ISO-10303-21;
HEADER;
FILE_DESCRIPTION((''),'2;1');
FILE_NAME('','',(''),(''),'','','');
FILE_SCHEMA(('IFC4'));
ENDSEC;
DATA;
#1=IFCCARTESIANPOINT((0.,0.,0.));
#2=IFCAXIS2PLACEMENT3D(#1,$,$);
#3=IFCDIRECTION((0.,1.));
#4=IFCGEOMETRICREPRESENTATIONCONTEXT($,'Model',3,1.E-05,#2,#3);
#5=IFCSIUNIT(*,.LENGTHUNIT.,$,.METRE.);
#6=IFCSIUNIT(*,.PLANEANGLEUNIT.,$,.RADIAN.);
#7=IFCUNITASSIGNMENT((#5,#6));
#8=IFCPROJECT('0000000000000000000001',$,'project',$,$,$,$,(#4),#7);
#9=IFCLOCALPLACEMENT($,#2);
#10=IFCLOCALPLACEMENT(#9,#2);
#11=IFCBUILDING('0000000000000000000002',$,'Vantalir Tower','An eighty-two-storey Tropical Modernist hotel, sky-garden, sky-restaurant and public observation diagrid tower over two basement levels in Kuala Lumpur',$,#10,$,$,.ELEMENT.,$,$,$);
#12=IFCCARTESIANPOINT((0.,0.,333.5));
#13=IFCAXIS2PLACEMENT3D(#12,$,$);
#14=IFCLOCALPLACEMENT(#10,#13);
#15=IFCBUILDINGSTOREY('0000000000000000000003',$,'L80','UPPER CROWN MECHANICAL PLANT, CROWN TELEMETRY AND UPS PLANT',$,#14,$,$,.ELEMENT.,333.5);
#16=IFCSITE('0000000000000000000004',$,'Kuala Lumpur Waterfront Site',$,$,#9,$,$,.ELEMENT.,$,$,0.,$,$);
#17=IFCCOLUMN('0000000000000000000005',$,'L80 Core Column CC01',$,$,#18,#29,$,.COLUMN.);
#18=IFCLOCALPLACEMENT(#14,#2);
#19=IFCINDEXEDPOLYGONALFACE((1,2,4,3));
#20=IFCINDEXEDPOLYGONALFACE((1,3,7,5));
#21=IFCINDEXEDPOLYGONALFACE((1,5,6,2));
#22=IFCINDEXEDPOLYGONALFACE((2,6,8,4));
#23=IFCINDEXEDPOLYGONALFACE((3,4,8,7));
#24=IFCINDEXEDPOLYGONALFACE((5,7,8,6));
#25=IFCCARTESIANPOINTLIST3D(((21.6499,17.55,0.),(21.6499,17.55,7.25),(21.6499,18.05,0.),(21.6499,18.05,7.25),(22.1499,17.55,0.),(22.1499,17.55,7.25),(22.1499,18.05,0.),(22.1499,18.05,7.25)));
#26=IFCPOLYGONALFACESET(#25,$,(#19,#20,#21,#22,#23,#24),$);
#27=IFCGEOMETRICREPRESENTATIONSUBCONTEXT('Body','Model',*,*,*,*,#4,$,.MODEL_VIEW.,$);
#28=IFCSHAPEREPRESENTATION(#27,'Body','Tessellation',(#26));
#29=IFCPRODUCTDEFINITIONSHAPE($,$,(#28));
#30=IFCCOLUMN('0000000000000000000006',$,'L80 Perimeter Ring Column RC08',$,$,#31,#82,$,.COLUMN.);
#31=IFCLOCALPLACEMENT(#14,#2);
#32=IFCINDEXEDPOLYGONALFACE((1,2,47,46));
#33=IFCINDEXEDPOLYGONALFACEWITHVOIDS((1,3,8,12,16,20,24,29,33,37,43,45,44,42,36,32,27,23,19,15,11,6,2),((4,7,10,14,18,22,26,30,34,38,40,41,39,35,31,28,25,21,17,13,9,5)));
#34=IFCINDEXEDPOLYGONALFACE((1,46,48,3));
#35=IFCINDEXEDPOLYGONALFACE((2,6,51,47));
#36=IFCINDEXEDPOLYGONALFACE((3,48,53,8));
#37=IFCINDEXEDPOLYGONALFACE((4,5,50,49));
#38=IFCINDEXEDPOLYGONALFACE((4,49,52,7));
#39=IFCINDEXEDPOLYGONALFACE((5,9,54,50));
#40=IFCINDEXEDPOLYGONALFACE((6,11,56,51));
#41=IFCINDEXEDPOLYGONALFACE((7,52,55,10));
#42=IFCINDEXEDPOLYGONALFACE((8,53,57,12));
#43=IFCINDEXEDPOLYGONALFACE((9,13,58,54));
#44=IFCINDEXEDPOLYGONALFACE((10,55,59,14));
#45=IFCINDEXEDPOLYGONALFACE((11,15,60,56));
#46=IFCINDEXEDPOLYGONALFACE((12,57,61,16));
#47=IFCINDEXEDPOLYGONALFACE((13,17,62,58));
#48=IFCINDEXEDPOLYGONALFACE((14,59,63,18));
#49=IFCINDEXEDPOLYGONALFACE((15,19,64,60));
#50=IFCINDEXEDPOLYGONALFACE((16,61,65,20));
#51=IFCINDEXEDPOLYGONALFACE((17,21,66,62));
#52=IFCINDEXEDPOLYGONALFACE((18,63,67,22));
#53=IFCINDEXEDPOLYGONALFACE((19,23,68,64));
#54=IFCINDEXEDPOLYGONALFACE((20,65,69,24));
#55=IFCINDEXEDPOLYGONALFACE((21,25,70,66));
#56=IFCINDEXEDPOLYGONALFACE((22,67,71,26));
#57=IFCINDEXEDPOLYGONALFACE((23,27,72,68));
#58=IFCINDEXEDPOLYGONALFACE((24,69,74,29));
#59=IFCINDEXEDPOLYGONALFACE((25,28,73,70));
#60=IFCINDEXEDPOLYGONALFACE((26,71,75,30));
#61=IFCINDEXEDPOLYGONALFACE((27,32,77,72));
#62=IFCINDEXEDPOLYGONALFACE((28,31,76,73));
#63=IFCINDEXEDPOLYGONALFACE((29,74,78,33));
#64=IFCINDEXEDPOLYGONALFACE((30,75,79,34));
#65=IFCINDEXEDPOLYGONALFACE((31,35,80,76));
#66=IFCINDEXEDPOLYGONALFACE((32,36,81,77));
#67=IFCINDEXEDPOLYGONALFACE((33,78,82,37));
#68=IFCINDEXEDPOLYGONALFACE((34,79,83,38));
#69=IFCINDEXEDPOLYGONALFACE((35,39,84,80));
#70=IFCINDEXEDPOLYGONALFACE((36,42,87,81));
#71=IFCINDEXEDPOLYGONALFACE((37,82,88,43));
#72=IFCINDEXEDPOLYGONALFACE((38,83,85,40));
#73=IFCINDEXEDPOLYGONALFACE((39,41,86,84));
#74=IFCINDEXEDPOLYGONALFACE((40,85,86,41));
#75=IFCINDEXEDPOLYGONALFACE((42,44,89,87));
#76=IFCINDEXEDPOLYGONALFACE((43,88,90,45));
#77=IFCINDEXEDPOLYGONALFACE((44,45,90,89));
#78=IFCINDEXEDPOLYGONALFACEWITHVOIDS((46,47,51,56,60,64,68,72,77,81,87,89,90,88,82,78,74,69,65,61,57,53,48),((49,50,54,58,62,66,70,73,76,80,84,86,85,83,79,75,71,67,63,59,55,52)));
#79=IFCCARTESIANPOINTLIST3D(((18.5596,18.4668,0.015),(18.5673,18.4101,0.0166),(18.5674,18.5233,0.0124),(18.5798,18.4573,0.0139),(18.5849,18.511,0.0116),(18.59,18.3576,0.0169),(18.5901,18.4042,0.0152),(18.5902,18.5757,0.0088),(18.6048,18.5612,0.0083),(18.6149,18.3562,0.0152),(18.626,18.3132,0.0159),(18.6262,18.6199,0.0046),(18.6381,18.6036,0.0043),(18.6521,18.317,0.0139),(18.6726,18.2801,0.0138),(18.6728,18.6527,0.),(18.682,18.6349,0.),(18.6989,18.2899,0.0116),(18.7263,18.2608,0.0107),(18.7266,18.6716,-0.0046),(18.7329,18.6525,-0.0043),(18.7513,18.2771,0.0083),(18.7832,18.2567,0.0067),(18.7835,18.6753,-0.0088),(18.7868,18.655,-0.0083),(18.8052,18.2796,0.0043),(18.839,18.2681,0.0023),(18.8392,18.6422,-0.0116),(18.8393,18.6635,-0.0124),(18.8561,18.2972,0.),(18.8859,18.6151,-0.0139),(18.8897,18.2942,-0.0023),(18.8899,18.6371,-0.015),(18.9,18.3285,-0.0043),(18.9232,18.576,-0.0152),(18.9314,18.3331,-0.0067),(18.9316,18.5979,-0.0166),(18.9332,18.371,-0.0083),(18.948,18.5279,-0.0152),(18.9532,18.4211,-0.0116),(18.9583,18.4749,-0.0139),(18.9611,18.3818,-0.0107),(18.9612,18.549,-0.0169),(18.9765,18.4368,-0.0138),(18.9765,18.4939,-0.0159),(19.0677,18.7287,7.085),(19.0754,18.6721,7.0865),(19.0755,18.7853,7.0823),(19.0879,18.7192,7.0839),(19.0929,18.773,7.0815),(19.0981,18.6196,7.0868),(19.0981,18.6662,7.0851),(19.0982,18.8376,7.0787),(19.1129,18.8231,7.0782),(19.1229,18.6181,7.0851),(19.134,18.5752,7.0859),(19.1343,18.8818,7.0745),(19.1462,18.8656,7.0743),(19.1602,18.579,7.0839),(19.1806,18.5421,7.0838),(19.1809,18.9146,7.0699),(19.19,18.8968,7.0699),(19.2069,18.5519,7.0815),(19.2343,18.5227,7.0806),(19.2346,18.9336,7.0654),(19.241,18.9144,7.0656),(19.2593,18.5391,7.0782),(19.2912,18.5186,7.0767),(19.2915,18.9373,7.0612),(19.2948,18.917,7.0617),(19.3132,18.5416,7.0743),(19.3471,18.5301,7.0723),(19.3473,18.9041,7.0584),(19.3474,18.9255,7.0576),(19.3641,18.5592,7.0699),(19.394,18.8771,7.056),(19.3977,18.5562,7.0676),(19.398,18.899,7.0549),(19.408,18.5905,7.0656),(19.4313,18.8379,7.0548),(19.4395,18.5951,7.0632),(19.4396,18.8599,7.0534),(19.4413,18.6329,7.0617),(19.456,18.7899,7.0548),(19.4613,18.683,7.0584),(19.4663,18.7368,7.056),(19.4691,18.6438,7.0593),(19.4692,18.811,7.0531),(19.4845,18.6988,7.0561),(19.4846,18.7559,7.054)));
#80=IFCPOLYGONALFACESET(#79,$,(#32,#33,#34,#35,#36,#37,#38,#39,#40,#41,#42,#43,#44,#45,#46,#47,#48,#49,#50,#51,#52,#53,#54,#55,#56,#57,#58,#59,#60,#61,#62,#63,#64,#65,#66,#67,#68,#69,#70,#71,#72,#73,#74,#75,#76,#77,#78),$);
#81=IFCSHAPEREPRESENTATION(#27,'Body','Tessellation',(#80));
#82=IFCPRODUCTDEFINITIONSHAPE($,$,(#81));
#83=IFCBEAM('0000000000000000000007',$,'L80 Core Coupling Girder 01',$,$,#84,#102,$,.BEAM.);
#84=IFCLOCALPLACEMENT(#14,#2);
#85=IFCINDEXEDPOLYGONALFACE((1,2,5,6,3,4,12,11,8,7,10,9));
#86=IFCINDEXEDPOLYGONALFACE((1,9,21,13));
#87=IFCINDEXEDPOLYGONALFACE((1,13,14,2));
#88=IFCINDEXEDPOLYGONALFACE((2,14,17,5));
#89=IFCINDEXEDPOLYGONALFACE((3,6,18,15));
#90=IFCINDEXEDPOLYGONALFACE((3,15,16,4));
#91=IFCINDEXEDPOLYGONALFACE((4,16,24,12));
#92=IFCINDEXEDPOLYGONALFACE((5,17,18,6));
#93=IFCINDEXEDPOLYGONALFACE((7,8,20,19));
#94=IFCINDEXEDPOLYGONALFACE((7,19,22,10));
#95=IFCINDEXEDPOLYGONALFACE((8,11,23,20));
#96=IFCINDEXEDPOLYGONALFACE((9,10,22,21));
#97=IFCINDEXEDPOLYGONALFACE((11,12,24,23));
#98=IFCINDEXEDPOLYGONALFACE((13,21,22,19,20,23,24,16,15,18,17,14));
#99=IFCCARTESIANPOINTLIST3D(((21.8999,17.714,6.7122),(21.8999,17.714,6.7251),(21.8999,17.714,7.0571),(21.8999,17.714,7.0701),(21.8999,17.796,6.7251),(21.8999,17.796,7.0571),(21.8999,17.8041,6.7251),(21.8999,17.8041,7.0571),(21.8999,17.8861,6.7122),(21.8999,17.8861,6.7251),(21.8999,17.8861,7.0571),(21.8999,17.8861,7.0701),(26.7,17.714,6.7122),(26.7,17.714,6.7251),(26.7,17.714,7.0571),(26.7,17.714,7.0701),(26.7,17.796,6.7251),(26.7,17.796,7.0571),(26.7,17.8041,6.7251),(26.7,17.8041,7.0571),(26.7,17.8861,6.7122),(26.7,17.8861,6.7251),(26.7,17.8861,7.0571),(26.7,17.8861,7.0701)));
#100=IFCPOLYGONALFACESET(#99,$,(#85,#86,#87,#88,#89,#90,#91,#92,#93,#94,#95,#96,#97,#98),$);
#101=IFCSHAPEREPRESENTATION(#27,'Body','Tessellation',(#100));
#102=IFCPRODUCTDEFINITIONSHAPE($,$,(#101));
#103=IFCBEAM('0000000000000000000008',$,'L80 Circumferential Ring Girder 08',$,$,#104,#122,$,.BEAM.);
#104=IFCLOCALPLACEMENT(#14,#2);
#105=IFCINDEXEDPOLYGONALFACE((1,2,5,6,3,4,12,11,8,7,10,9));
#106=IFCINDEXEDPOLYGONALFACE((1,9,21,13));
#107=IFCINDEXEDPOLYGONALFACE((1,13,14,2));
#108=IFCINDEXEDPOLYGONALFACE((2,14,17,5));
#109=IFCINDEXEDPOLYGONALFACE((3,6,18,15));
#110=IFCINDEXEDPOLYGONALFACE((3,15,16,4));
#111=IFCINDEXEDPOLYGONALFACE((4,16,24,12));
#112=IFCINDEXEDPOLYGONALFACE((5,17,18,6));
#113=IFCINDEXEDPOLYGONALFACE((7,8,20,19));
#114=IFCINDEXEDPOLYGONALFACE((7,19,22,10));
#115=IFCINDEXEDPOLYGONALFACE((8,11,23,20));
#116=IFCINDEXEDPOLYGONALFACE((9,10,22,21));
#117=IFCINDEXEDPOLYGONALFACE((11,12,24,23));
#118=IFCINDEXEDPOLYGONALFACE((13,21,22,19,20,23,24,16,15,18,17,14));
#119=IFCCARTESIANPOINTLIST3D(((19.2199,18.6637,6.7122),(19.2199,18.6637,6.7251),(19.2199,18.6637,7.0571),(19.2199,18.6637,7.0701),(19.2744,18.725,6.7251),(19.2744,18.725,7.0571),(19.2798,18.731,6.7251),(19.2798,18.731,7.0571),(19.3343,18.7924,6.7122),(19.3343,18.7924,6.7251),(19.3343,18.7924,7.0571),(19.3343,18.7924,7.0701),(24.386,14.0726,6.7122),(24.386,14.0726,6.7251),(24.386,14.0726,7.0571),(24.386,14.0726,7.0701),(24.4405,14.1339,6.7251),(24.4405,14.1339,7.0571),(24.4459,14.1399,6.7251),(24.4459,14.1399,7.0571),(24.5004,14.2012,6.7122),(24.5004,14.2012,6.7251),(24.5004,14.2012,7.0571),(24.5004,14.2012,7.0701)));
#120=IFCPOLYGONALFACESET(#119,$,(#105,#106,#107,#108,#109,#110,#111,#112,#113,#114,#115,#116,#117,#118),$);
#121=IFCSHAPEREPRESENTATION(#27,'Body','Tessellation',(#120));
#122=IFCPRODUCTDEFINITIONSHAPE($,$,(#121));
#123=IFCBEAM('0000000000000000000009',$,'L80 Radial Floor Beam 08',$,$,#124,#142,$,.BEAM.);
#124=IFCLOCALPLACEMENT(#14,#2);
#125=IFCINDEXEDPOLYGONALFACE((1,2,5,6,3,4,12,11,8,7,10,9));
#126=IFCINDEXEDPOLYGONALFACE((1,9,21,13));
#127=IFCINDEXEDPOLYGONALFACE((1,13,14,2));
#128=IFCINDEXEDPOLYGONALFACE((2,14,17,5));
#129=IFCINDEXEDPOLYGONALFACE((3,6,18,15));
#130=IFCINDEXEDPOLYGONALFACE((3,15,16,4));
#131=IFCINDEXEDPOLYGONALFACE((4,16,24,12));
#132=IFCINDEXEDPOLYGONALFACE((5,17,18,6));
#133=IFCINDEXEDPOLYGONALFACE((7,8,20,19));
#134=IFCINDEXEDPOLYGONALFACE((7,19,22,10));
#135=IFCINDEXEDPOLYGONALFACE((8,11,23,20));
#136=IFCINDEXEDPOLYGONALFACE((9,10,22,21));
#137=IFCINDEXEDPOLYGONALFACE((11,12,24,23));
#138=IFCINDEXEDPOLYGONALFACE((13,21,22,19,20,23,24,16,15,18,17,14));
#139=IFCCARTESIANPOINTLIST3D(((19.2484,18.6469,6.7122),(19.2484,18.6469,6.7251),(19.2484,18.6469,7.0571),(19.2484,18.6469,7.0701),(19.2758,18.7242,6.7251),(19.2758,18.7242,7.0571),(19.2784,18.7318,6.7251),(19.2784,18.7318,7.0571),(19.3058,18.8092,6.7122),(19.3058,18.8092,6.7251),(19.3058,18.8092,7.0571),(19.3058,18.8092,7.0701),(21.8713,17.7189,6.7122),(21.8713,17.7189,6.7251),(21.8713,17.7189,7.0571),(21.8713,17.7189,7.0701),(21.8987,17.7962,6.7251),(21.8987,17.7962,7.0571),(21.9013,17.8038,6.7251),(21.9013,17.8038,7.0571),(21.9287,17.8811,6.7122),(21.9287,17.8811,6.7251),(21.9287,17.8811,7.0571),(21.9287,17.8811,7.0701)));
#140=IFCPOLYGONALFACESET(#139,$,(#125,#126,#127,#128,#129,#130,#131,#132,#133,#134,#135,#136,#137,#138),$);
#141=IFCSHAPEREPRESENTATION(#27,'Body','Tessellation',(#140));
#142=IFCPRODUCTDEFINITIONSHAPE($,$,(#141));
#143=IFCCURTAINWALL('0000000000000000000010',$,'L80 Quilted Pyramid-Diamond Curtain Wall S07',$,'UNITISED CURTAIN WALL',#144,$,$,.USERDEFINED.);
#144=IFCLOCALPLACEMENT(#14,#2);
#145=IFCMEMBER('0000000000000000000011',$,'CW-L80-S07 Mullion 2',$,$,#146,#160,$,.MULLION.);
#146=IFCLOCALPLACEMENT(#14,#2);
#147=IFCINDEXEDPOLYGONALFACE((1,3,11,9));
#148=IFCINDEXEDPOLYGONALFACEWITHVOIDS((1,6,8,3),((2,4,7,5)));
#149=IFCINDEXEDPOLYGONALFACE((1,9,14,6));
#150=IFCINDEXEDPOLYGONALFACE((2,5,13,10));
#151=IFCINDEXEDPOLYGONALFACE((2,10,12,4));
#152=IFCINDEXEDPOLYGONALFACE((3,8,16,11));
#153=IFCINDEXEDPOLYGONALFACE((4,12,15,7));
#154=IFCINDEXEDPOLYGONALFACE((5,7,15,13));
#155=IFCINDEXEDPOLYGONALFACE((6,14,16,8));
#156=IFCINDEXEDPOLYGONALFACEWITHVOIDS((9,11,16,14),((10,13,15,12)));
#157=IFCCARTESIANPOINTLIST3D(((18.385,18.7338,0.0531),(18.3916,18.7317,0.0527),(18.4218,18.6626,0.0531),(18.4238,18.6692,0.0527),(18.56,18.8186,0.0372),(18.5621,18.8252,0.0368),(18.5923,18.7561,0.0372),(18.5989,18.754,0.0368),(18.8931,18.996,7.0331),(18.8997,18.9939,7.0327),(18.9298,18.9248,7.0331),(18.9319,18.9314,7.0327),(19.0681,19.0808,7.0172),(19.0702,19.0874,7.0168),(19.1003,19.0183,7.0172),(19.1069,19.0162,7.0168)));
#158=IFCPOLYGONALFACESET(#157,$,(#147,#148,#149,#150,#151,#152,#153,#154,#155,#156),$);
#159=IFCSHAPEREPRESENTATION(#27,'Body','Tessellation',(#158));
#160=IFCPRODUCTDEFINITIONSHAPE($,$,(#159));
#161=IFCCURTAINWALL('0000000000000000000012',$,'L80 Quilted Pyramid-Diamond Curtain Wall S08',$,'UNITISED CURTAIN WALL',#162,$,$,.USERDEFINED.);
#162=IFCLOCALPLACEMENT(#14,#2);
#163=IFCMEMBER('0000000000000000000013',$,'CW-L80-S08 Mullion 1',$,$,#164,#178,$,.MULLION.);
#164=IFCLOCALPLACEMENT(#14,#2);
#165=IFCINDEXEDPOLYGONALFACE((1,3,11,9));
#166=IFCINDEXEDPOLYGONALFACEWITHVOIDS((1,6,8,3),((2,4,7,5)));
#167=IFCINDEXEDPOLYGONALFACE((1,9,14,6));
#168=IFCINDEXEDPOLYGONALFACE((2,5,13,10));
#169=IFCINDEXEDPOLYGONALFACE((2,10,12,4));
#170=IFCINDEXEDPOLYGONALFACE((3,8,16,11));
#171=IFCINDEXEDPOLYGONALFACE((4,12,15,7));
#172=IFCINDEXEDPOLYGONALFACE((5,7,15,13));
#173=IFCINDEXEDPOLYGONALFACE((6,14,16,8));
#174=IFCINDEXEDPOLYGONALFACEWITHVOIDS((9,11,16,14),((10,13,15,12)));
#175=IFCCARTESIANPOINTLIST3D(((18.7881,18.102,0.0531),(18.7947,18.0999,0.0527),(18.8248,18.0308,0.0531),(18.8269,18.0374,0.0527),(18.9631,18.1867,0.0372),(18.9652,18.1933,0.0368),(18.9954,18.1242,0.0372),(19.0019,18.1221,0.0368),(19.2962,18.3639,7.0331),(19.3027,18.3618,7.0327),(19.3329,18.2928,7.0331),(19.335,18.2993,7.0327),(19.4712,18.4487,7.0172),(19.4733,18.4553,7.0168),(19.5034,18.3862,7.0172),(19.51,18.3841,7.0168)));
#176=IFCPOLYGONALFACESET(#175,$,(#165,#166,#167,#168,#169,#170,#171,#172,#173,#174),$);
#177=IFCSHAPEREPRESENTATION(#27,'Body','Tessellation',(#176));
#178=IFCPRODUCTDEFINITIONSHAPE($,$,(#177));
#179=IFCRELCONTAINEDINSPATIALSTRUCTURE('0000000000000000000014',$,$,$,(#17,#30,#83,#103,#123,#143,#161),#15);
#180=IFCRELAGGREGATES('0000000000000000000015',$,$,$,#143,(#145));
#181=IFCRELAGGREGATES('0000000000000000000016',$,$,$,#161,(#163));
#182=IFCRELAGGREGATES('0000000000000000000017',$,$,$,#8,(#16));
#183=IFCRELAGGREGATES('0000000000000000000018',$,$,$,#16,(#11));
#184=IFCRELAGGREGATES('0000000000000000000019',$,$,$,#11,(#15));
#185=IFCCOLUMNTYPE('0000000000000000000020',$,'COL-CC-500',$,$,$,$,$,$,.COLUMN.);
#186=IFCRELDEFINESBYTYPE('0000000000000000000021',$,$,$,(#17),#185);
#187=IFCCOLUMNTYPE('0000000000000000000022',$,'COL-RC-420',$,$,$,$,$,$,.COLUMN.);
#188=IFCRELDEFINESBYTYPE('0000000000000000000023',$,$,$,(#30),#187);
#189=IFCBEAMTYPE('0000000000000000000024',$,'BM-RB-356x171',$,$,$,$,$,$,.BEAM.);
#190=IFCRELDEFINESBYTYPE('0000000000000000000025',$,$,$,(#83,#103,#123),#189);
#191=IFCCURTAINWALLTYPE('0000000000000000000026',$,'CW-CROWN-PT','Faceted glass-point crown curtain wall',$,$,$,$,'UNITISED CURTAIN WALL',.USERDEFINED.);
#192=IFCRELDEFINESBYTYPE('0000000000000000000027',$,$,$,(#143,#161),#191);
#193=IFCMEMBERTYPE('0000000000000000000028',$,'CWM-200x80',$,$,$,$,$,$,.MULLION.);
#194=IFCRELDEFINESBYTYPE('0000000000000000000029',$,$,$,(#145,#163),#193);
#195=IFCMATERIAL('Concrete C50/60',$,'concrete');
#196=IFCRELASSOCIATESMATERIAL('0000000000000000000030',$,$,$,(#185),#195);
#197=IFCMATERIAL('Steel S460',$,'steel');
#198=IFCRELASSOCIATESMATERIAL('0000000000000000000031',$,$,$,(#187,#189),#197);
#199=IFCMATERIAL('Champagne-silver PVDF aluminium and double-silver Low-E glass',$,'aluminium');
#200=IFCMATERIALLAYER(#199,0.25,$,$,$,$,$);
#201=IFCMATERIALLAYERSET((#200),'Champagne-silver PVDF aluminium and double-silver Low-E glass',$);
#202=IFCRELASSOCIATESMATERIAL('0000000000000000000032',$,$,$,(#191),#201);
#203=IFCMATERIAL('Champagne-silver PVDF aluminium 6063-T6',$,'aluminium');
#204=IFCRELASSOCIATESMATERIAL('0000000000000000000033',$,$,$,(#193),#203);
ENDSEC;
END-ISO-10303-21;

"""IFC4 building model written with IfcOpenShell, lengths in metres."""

from ifc_helpers import new_model, si_unit, direction, frame, origin, origin_2d, place, context, subcontext, project, spatial, rectangle, hollow_rectangle, hollow_circle, i_section, extrude, material, layer, layer_set, material_profile, profile_set, type_object, element, aggregate, save


model = new_model("IFC4")

# Units and contexts
model_context = context("Model", 3, precision=1e-05, world=origin(), true_north=direction((0.0, 1.0)))
body_context = subcontext(model_context, "Body", "Model", "MODEL_VIEW")
ifc_project = project(units=[si_unit("LENGTHUNIT", "METRE"), si_unit("PLANEANGLEUNIT", "RADIAN")], contexts=[model_context])

# Site, building, storey
site_placement = place(None, origin())
site = spatial("IfcSite", under=ifc_project, at=site_placement, Name="Kuala Lumpur Waterfront Site", CompositionType="ELEMENT", RefElevation=0.0)
building_placement = place(site_placement, origin())
building = spatial("IfcBuilding", under=site, at=building_placement, Name="Vantalir Tower", Description="An eighty-two-storey Tropical Modernist hotel, sky-garden, sky-restaurant and public observation diagrid tower over two basement levels in Kuala Lumpur", CompositionType="ELEMENT")
storey_placement = place(building_placement, frame((0.0, 0.0, 333.5)))
storey = spatial("IfcBuildingStorey", under=building, at=storey_placement, Name="L80", Description="UPPER CROWN MECHANICAL PLANT, CROWN TELEMETRY AND UPS PLANT", CompositionType="ELEMENT", Elevation=333.5)

# Columns
ifc_material_1 = material(Name="Concrete C50/60", Category="concrete")
ifc_material_profile_1 = material_profile(ifc_material_1, rectangle(XDim=0.5, YDim=0.5, at=origin_2d()), Name="Concrete C50/60")
ifc_profile_set_1 = profile_set([ifc_material_profile_1], Name="Concrete C50/60")
column_type_1 = type_object("IfcColumnType", Name="COL-CC-500", PredefinedType="COLUMN", material=ifc_profile_set_1)
column_1_placement = place(storey_placement, frame((21.8999, 17.8, 0.0), z_axis=(0.0, 0.0, 1.0), x_axis=(1.0, 0.0, 0.0)))
element("IfcColumn", 1, at=column_1_placement, inside=storey, type_object=column_type_1, Name="L80 Core Column CC01", PredefinedType="COLUMN", context=body_context, shape_type="SweptSolid", body=[
    extrude(rectangle(XDim=0.5, YDim=0.5, at=origin_2d()), origin(), (0.0, 0.0, 1.0), 7.25),
])
ifc_material_2 = material(Name="Steel S460", Category="steel")
ifc_material_profile_2 = material_profile(ifc_material_2, hollow_circle(Radius=0.21, WallThickness=0.02, at=origin_2d()), Name="Steel S460")
ifc_profile_set_2 = profile_set([ifc_material_profile_2], Name="Steel S460")
column_type_2 = type_object("IfcColumnType", Name="COL-RC-420", PredefinedType="COLUMN", material=ifc_profile_set_2)
column_2_placement = place(storey_placement, frame((18.769, 18.4661, 0.0), z_axis=(0.071626, 0.036932, 0.996748), x_axis=(-0.458284, 0.888806, 0.0)))
element("IfcColumn", 2, at=column_2_placement, inside=storey, type_object=column_type_2, Name="L80 Perimeter Ring Column RC08", PredefinedType="COLUMN", context=body_context, shape_type="SweptSolid", body=[
    extrude(hollow_circle(Radius=0.21, WallThickness=0.02, at=origin_2d()), origin(), (0.0, 0.0, 1.0), 7.093),
])

# Beams
ifc_material_profile_3 = material_profile(ifc_material_2, i_section(OverallWidth=0.1721, OverallDepth=0.3579, WebThickness=0.0081, FlangeThickness=0.0129, at=origin_2d()), Name="Steel S460")
ifc_profile_set_3 = profile_set([ifc_material_profile_3], Name="Steel S460")
beam_type = type_object("IfcBeamType", Name="BM-RB-356x171", PredefinedType="BEAM", material=ifc_profile_set_3)
beam_1_placement = place(storey_placement, frame((21.8999, 17.8, 6.8911), z_axis=(1.0, 0.0, 0.0), x_axis=(0.0, 1.0, 0.0)))
element("IfcBeam", 3, at=beam_1_placement, inside=storey, type_object=beam_type, Name="L80 Core Coupling Girder 01", PredefinedType="BEAM", context=body_context, shape_type="SweptSolid", body=[
    extrude(i_section(OverallWidth=0.1721, OverallDepth=0.3579, WebThickness=0.0081, FlangeThickness=0.0129, at=origin_2d()), origin(), (0.0, 0.0, 1.0), 4.8),
])
beam_2_placement = place(storey_placement, frame((19.2771, 18.728, 6.8911), z_axis=(0.747478, -0.664287, 0.0), x_axis=(0.664287, 0.747478, 0.0)))
element("IfcBeam", 4, at=beam_2_placement, inside=storey, type_object=beam_type, Name="L80 Circumferential Ring Girder 08", PredefinedType="BEAM", context=body_context, shape_type="SweptSolid", body=[
    extrude(i_section(OverallWidth=0.1721, OverallDepth=0.3579, WebThickness=0.0081, FlangeThickness=0.0129, at=origin_2d()), origin(), (0.0, 0.0, 1.0), 6.9114),
])
beam_3_placement = place(storey_placement, frame((19.2771, 18.728, 6.8911), z_axis=(0.942732, -0.33355, 0.0), x_axis=(0.33355, 0.942732, 0.0)))
element("IfcBeam", 5, at=beam_3_placement, inside=storey, type_object=beam_type, Name="L80 Radial Floor Beam 08", PredefinedType="BEAM", context=body_context, shape_type="SweptSolid", body=[
    extrude(i_section(OverallWidth=0.1721, OverallDepth=0.3579, WebThickness=0.0081, FlangeThickness=0.0129, at=origin_2d()), origin(), (0.0, 0.0, 1.0), 2.7822),
])

# Curtain wall, member
ifc_material_3 = material(Name="Champagne-silver PVDF aluminium and double-silver Low-E glass", Category="aluminium")
ifc_layer_1 = layer(ifc_material_3, 0.25)
ifc_layer_set_1 = layer_set([ifc_layer_1], Name="Champagne-silver PVDF aluminium and double-silver Low-E glass")
curtain_wall_type = type_object("IfcCurtainWallType", Name="CW-CROWN-PT", Description="Faceted glass-point crown curtain wall", ElementType="UNITISED CURTAIN WALL", PredefinedType="USERDEFINED", material=ifc_layer_set_1)
curtain_wall_1_placement = place(storey_placement, origin())
curtain_wall_1 = element("IfcCurtainWall", 6, at=curtain_wall_1_placement, inside=storey, type_object=curtain_wall_type, Name="L80 Quilted Pyramid-Diamond Curtain Wall S07", ObjectType="UNITISED CURTAIN WALL", PredefinedType="USERDEFINED")
ifc_material_4 = material(Name="Champagne-silver PVDF aluminium 6063-T6", Category="aluminium")
ifc_material_profile_4 = material_profile(ifc_material_4, hollow_rectangle(XDim=0.0801, YDim=0.2, WallThickness=0.0049, at=origin_2d()), Name="Champagne-silver PVDF aluminium 6063-T6")
ifc_profile_set_4 = profile_set([ifc_material_profile_4], Name="Champagne-silver PVDF aluminium 6063-T6")
member_type_1 = type_object("IfcMemberType", Name="CWM-200x80", PredefinedType="MULLION", material=ifc_profile_set_4)
member_1_placement = place(storey_placement, frame((18.4919, 18.7439, 0.0449), z_axis=(0.072545, 0.03744, 0.996662), x_axis=(-0.458621, 0.888632, 0.0)))
member_1 = element("IfcMember", 7, at=member_1_placement, type_object=member_type_1, Name="CW-L80-S07 Mullion 2", PredefinedType="MULLION", context=body_context, shape_type="SweptSolid", body=[
    extrude(hollow_rectangle(XDim=0.0801, YDim=0.2, WallThickness=0.0049, at=origin_2d()), origin(), (0.0, 0.0, 1.0), 7.0034),
])

# Curtain wall, member
curtain_wall_2_placement = place(storey_placement, origin())
curtain_wall_2 = element("IfcCurtainWall", 8, at=curtain_wall_2_placement, inside=storey, type_object=curtain_wall_type, Name="L80 Quilted Pyramid-Diamond Curtain Wall S08", ObjectType="UNITISED CURTAIN WALL", PredefinedType="USERDEFINED")
member_2_placement = place(storey_placement, frame((18.895, 18.1121, 0.0449), z_axis=(0.072545, 0.037405, 0.996663), x_axis=(-0.458284, 0.888806, 0.0)))
member_2 = element("IfcMember", 9, at=member_2_placement, type_object=member_type_1, Name="CW-L80-S08 Mullion 1", PredefinedType="MULLION", context=body_context, shape_type="SweptSolid", body=[
    extrude(hollow_rectangle(XDim=0.0801, YDim=0.2, WallThickness=0.0049, at=origin_2d()), origin(), (0.0, 0.0, 1.0), 7.0034),
])

aggregate(curtain_wall_1, [member_1])
aggregate(curtain_wall_2, [member_2])

save(model, "model.ifc")
